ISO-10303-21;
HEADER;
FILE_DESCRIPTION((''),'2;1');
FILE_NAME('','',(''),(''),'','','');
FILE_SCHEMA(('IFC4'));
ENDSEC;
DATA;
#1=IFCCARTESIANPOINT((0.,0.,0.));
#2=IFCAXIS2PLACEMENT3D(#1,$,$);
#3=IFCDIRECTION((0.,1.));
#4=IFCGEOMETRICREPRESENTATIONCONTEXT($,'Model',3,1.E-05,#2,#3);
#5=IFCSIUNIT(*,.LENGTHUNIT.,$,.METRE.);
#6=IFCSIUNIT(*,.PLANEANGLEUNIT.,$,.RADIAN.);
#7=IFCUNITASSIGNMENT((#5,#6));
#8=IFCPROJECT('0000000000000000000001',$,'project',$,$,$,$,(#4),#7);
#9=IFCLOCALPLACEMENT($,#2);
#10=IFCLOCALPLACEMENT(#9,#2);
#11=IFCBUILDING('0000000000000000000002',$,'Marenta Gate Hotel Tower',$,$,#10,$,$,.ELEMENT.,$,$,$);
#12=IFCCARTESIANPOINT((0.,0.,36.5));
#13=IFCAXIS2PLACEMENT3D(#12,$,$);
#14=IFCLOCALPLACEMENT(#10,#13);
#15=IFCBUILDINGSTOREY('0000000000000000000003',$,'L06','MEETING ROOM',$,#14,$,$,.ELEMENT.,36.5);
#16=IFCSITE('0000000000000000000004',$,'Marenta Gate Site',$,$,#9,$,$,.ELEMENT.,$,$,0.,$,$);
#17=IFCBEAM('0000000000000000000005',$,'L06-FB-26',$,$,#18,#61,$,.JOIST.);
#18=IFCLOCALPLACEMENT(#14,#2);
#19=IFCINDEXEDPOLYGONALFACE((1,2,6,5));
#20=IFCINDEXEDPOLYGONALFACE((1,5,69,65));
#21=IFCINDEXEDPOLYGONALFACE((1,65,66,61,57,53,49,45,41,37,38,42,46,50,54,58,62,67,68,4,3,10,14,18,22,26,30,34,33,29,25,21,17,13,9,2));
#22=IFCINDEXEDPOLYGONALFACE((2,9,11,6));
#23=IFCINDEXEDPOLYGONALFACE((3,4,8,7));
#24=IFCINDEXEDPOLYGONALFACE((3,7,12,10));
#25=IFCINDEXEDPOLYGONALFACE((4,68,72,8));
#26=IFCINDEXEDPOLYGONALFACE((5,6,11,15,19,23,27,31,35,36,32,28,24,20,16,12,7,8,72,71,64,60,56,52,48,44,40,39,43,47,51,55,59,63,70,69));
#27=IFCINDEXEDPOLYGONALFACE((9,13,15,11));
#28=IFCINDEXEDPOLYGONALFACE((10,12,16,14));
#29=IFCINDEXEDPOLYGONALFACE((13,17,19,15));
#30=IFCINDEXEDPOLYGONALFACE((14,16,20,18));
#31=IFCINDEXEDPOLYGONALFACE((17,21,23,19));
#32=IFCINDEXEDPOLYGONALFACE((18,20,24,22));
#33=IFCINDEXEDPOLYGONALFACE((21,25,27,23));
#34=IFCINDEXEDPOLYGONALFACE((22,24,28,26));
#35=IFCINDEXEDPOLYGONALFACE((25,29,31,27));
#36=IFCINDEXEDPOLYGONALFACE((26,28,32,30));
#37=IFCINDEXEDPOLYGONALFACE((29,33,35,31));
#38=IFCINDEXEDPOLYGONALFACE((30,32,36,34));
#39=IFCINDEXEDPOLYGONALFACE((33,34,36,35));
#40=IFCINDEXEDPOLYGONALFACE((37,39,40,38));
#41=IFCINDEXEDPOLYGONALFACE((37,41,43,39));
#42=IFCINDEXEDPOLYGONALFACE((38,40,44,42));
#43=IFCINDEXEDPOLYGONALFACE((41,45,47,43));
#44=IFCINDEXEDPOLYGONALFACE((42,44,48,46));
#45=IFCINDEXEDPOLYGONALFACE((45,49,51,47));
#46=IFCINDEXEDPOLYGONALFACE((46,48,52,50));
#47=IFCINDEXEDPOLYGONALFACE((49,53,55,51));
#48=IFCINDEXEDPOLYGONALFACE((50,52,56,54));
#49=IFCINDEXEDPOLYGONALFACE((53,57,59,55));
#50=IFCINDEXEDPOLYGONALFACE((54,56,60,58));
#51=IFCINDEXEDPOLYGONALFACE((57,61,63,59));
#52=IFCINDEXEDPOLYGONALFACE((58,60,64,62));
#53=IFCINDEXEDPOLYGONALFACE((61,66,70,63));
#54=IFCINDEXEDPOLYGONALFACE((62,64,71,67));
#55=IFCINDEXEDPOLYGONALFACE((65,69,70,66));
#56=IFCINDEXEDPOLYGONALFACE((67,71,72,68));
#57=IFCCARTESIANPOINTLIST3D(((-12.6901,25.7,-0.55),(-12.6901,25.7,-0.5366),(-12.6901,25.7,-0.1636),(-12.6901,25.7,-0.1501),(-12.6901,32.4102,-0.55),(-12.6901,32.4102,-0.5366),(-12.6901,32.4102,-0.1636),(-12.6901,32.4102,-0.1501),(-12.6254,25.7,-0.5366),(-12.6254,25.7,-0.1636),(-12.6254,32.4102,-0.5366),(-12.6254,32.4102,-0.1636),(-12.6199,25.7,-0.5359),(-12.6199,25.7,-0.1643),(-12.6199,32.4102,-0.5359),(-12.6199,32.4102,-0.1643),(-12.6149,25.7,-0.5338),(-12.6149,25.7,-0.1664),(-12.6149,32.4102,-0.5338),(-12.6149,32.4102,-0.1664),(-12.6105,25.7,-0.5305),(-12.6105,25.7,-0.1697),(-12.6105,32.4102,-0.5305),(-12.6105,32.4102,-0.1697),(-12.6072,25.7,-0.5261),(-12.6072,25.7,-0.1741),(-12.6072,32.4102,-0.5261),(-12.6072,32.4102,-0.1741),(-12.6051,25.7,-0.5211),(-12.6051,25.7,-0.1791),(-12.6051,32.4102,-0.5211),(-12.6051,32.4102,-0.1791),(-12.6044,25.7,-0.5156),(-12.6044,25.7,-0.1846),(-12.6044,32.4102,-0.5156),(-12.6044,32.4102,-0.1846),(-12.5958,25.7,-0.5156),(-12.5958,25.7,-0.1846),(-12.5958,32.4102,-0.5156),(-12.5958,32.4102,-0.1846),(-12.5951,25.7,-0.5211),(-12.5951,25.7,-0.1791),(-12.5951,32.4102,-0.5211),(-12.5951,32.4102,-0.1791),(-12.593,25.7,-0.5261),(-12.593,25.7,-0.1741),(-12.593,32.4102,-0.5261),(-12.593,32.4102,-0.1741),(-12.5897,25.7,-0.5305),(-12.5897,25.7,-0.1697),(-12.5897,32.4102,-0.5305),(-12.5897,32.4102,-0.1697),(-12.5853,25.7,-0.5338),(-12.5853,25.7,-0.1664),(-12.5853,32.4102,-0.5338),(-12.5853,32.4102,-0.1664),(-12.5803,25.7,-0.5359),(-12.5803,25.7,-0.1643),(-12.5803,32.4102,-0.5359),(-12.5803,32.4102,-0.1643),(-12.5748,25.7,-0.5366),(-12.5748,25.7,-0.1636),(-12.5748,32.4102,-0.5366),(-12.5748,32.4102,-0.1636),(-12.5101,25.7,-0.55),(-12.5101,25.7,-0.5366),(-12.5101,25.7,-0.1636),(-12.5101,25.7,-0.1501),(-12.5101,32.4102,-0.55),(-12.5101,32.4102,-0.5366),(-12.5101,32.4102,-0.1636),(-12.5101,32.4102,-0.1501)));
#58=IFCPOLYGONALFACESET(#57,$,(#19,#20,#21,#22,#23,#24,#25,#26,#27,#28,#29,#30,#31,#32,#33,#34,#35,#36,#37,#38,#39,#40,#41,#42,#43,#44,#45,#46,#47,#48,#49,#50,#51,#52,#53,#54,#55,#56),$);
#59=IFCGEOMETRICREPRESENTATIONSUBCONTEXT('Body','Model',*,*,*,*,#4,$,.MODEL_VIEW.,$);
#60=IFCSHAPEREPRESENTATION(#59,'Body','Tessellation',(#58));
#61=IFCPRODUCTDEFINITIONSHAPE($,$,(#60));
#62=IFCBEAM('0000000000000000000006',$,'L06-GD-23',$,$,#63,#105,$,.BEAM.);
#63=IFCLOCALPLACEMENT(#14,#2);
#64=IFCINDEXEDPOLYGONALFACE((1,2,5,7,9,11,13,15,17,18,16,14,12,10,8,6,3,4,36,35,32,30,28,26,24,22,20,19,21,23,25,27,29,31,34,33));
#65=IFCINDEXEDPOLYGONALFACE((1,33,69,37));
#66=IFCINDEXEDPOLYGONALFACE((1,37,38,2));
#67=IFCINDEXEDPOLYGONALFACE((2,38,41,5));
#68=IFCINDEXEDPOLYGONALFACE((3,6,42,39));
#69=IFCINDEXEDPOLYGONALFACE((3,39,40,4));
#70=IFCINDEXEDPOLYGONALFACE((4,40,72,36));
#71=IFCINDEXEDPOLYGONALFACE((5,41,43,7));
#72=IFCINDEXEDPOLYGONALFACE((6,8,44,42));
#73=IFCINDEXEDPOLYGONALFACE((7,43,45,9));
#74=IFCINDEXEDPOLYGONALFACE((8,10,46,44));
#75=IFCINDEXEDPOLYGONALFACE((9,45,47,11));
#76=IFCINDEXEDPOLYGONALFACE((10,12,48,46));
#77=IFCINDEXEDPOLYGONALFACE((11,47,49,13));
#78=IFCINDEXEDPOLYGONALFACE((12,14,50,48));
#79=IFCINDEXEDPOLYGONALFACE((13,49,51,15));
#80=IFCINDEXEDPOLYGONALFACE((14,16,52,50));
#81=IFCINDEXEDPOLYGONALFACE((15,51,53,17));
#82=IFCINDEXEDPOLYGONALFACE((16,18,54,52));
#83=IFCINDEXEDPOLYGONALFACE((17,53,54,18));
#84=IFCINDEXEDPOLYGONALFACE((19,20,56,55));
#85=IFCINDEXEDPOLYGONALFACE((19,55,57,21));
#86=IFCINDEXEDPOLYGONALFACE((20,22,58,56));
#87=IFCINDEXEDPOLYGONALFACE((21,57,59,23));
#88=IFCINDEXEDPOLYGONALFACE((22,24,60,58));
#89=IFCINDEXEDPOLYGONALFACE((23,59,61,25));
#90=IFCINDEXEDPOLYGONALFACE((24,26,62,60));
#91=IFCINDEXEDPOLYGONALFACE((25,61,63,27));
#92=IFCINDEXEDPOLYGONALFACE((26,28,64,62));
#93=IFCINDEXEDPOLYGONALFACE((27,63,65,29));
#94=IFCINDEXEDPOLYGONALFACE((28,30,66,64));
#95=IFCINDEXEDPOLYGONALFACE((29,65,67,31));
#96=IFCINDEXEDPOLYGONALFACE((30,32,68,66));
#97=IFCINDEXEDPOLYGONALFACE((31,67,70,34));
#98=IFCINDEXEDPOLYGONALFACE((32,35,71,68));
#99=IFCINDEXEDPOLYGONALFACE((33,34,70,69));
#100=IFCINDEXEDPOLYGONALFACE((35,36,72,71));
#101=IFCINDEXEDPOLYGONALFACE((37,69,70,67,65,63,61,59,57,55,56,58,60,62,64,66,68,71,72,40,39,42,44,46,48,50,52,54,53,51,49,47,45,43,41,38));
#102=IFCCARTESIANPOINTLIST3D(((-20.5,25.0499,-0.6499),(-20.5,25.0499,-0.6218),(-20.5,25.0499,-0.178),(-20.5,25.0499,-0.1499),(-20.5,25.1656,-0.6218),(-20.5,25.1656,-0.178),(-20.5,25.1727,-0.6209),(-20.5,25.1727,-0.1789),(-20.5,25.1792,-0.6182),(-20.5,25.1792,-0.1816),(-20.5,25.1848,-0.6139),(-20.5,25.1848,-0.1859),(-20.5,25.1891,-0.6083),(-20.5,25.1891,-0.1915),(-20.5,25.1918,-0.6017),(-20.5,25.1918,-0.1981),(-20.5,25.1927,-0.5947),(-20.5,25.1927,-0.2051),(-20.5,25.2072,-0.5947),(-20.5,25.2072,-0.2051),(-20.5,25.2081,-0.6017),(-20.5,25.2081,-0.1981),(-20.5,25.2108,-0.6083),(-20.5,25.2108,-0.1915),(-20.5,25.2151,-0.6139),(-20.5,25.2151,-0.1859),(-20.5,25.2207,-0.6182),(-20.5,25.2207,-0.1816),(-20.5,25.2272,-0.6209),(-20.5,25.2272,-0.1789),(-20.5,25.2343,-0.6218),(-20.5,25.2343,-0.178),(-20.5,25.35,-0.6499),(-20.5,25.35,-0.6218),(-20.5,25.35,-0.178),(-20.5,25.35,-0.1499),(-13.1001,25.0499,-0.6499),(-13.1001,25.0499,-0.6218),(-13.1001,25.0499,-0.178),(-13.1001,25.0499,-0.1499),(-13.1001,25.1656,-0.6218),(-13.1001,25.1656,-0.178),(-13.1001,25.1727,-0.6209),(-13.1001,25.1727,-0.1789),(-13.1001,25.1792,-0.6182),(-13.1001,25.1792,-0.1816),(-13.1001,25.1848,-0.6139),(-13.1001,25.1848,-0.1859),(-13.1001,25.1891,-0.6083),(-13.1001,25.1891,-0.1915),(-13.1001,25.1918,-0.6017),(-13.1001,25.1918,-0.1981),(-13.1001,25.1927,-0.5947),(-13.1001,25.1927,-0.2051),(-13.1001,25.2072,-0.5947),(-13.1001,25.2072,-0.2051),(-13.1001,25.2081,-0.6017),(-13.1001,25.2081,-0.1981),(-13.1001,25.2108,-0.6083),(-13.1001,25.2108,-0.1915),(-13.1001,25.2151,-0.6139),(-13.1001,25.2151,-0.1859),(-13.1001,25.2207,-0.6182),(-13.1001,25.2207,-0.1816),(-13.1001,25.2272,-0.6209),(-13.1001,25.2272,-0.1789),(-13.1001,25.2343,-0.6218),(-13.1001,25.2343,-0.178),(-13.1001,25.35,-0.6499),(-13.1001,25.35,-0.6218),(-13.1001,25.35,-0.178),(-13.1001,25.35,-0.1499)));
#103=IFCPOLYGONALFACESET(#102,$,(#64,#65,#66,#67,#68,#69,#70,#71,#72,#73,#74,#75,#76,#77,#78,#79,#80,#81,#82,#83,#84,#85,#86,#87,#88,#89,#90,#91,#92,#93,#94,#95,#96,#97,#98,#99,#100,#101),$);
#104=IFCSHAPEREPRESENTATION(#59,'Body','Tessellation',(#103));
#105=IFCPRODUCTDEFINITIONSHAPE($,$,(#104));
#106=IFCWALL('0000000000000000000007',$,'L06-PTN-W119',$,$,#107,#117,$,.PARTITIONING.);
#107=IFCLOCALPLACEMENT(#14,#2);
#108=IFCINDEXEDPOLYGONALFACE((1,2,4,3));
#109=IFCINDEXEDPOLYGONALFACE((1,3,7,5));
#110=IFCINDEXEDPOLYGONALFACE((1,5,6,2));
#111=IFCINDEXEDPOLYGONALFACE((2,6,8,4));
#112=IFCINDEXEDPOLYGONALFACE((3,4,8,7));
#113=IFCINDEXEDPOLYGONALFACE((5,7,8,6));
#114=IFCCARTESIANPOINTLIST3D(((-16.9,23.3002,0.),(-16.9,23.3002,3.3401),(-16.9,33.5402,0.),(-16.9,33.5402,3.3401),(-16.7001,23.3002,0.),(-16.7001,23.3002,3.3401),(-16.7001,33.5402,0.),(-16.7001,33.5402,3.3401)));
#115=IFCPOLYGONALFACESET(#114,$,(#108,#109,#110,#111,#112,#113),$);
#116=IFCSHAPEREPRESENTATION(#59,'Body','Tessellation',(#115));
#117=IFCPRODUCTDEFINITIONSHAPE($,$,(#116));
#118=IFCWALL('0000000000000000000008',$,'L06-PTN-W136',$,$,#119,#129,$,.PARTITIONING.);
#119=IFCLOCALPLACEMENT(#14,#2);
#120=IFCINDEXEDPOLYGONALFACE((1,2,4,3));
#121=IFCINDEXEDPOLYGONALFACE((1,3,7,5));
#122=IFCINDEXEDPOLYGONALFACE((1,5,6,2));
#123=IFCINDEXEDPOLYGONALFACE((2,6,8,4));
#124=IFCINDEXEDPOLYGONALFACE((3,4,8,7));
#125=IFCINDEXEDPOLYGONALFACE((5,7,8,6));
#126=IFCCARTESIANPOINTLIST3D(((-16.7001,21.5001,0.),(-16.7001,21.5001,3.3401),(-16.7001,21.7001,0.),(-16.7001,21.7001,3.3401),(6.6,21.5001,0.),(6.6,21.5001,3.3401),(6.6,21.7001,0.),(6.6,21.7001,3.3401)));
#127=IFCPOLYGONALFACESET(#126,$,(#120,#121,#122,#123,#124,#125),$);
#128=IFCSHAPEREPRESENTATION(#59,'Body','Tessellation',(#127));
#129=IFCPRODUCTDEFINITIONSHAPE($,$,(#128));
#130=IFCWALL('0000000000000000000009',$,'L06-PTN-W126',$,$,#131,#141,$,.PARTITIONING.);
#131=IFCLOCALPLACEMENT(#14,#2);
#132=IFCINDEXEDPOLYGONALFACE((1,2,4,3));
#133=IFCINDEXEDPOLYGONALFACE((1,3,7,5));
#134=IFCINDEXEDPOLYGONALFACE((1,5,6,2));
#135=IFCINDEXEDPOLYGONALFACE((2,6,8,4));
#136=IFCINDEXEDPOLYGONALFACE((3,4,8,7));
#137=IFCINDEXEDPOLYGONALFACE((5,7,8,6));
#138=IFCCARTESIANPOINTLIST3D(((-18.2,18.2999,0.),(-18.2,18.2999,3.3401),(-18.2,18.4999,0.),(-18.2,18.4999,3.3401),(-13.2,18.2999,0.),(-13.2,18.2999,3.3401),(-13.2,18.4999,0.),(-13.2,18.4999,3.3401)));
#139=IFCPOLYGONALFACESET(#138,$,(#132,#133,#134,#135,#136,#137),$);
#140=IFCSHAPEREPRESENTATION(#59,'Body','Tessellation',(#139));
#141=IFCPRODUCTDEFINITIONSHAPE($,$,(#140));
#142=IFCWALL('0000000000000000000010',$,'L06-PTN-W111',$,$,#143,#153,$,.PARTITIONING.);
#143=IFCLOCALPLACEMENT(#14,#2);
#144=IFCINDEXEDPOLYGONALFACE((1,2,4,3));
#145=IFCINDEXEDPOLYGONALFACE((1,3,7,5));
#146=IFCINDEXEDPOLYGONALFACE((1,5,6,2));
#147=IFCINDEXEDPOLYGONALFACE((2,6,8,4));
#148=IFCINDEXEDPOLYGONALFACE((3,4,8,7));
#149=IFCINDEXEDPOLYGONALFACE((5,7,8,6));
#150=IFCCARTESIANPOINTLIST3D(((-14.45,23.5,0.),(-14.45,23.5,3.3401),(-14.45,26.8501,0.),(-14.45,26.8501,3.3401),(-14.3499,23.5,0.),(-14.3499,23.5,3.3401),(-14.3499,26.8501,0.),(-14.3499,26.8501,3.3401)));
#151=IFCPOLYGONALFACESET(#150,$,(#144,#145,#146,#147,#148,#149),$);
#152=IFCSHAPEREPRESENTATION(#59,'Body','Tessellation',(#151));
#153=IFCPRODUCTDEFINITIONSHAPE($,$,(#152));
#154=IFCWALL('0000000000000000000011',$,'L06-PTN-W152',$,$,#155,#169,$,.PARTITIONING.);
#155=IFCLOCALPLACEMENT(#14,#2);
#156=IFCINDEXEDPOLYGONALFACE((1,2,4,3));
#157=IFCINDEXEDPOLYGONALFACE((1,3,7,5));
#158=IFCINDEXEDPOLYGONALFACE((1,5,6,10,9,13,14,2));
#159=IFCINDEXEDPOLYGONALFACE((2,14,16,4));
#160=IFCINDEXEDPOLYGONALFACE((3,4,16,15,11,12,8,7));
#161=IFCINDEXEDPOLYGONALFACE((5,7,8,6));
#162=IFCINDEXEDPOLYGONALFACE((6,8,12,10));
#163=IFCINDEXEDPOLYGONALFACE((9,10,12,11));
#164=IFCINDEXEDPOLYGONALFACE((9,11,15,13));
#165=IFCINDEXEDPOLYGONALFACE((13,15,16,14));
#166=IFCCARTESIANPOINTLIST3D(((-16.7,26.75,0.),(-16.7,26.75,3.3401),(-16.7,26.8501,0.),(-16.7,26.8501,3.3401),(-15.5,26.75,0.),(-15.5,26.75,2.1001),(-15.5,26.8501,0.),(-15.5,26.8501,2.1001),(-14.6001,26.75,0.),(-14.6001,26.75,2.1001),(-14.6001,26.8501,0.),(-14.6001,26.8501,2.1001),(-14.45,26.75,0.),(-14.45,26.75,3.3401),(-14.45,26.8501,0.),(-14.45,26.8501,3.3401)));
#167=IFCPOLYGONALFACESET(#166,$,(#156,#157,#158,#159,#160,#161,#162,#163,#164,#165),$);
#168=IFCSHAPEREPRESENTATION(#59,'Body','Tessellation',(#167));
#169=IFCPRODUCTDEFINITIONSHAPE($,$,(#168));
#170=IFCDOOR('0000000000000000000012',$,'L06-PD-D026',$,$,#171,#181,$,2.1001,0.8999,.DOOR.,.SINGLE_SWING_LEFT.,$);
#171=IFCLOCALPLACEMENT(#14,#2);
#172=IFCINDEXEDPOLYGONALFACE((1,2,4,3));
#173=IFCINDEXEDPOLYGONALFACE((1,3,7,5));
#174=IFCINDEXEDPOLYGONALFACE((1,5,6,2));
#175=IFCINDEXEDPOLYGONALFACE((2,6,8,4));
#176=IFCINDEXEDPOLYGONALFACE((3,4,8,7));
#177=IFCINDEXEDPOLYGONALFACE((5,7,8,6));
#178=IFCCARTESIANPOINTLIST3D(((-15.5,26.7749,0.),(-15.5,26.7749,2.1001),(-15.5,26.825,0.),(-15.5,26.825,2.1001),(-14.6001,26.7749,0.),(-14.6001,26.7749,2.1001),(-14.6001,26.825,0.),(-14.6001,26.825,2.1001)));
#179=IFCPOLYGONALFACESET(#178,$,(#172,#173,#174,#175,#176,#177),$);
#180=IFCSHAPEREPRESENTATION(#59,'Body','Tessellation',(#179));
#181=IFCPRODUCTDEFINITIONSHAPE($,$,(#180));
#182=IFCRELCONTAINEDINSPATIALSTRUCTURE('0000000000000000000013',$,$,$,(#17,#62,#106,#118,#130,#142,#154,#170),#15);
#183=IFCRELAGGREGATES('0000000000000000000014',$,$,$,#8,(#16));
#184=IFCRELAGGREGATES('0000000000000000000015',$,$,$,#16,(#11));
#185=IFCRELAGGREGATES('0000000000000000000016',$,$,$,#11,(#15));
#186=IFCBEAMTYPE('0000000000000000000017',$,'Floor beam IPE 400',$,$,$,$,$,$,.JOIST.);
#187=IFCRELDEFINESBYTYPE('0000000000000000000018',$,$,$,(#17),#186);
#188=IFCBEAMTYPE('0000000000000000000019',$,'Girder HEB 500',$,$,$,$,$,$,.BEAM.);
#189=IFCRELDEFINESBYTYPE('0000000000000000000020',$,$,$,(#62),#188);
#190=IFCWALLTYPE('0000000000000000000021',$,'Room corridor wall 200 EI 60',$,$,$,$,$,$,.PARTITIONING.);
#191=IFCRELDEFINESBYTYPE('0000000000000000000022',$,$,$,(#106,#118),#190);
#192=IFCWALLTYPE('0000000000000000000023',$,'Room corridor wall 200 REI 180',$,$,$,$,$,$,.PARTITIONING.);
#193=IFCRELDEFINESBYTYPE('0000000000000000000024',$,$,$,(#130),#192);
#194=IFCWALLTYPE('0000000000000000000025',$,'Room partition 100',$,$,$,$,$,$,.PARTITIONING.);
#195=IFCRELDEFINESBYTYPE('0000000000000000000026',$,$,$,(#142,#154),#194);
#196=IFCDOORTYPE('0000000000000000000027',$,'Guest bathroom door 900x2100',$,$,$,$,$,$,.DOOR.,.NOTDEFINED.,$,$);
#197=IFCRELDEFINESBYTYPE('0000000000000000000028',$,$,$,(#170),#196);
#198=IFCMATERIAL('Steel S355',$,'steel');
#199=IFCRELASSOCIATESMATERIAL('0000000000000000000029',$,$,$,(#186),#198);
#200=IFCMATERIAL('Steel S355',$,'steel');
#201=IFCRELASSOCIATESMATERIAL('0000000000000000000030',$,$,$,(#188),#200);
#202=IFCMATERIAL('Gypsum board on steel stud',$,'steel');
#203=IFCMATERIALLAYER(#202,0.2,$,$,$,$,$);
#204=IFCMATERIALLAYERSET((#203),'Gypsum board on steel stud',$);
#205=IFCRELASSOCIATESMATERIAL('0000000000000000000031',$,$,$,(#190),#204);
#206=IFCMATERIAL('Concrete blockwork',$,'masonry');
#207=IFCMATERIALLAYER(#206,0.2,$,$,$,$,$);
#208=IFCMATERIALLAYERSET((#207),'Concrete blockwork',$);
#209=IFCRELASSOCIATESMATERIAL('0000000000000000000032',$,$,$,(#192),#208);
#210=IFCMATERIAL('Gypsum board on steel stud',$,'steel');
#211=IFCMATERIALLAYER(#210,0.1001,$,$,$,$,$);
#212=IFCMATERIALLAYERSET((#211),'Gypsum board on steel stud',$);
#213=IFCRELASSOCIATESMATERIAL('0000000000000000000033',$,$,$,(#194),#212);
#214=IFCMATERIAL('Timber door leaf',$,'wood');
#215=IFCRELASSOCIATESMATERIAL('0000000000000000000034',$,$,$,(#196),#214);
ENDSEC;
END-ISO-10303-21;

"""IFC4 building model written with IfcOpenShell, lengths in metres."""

from ifc_helpers import new_model, si_unit, direction, frame, frame_2d, origin, origin_2d, place, context, subcontext, project, spatial, rectangle, i_section, extrude, material, layer, layer_set, material_profile, profile_set, type_object, element, fill, save


model = new_model("IFC4")

# Units and contexts
model_context = context("Model", 3, precision=1e-05, world=origin(), true_north=direction((0.0, 1.0)))
body_context = subcontext(model_context, "Body", "Model", "MODEL_VIEW")
ifc_project = project(units=[si_unit("LENGTHUNIT", "METRE"), si_unit("PLANEANGLEUNIT", "RADIAN")], contexts=[model_context])

# Site, building, storey
site_placement = place(None, origin())
site = spatial("IfcSite", under=ifc_project, at=site_placement, Name="Marenta Gate Site", CompositionType="ELEMENT", RefElevation=0.0)
building_placement = place(site_placement, origin())
building = spatial("IfcBuilding", under=site, at=building_placement, Name="Marenta Gate Hotel Tower", CompositionType="ELEMENT")
storey_placement = place(building_placement, frame((0.0, 0.0, 36.5)))
storey = spatial("IfcBuildingStorey", under=building, at=storey_placement, Name="L06", Description="MEETING ROOM", CompositionType="ELEMENT", Elevation=36.5)

# Beams
ifc_material_1 = material(Name="Steel S355", Category="steel")
ifc_material_profile_1 = material_profile(ifc_material_1, i_section(OverallWidth=0.1799, OverallDepth=0.3999, WebThickness=0.0085, FlangeThickness=0.0134, FilletRadius=0.021, at=origin_2d()), Name="IPE 400")
ifc_profile_set_1 = profile_set([ifc_material_profile_1], Name="Steel S355")
beam_type_1 = type_object("IfcBeamType", Name="Floor beam IPE 400", PredefinedType="JOIST", material=ifc_profile_set_1)
beam_1_placement = place(storey_placement, frame((-12.6001, 25.7, -0.3501), z_axis=(0.0, 1.0, 0.0), x_axis=(-1.0, 0.0, 0.0)))
element("IfcBeam", 1, at=beam_1_placement, inside=storey, type_object=beam_type_1, Name="L06-FB-26", PredefinedType="JOIST", context=body_context, shape_type="SweptSolid", body=[
    extrude(i_section(OverallWidth=0.1799, OverallDepth=0.3999, WebThickness=0.0085, FlangeThickness=0.0134, FilletRadius=0.021, at=origin_2d()), origin(), (0.0, 0.0, 1.0), 6.7102),
])
ifc_material_2 = material(Name="Steel S355", Category="steel")
ifc_material_profile_2 = material_profile(ifc_material_2, i_section(OverallWidth=0.3, OverallDepth=0.5, WebThickness=0.0144, FlangeThickness=0.0281, FilletRadius=0.0271, at=origin_2d()), Name="HEB 500")
ifc_profile_set_2 = profile_set([ifc_material_profile_2], Name="Steel S355")
beam_type_2 = type_object("IfcBeamType", Name="Girder HEB 500", PredefinedType="BEAM", material=ifc_profile_set_2)
beam_2_placement = place(storey_placement, frame((-20.5, 25.2, -0.3999), z_axis=(1.0, 0.0, 0.0), x_axis=(0.0, 1.0, 0.0)))
element("IfcBeam", 2, at=beam_2_placement, inside=storey, type_object=beam_type_2, Name="L06-GD-23", PredefinedType="BEAM", context=body_context, shape_type="SweptSolid", body=[
    extrude(i_section(OverallWidth=0.3, OverallDepth=0.5, WebThickness=0.0144, FlangeThickness=0.0281, FilletRadius=0.0271, at=origin_2d()), origin(), (0.0, 0.0, 1.0), 7.3999),
])

# Shared definitions
ifc_material_3 = material(Name="Gypsum board on steel stud", Category="steel")
ifc_layer_1 = layer(ifc_material_3, 0.2)
ifc_layer_set_1 = layer_set([ifc_layer_1], Name="Gypsum board on steel stud")
wall_type_1 = type_object("IfcWallType", Name="Room corridor wall 200 EI 60", PredefinedType="PARTITIONING", material=ifc_layer_set_1)

# Wall
wall_1_placement = place(storey_placement, frame((-16.8, 23.3, 0.0), z_axis=(0.0, 0.0, 1.0), x_axis=(0.0, 1.0, 0.0)))
element("IfcWall", 3, at=wall_1_placement, inside=storey, type_object=wall_type_1, Name="L06-PTN-W119", PredefinedType="PARTITIONING", context=body_context, shape_type="SweptSolid", body=[
    extrude(rectangle(XDim=10.24, YDim=0.2, at=frame_2d((5.1201, 0.0))), origin(), (0.0, 0.0, 1.0), 3.3401),
])

# Walls
wall_2_placement = place(storey_placement, frame((-16.7, 21.6001, 0.0), z_axis=(0.0, 0.0, 1.0), x_axis=(1.0, 0.0, 0.0)))
element("IfcWall", 4, at=wall_2_placement, inside=storey, type_object=wall_type_1, Name="L06-PTN-W136", PredefinedType="PARTITIONING", context=body_context, shape_type="SweptSolid", body=[
    extrude(rectangle(XDim=23.3, YDim=0.2, at=frame_2d((11.6499, 0.0))), origin(), (0.0, 0.0, 1.0), 3.3401),
])
ifc_material_4 = material(Name="Concrete blockwork", Category="masonry")
ifc_layer_2 = layer(ifc_material_4, 0.2)
ifc_layer_set_2 = layer_set([ifc_layer_2], Name="Concrete blockwork")
wall_type_2 = type_object("IfcWallType", Name="Room corridor wall 200 REI 180", PredefinedType="PARTITIONING", material=ifc_layer_set_2)
wall_3_placement = place(storey_placement, frame((-18.2, 18.3999, 0.0), z_axis=(0.0, 0.0, 1.0), x_axis=(1.0, 0.0, 0.0)))
element("IfcWall", 5, at=wall_3_placement, inside=storey, type_object=wall_type_2, Name="L06-PTN-W126", PredefinedType="PARTITIONING", context=body_context, shape_type="SweptSolid", body=[
    extrude(rectangle(XDim=5.0, YDim=0.2, at=frame_2d((2.5, 0.0))), origin(), (0.0, 0.0, 1.0), 3.3401),
])
ifc_material_5 = material(Name="Gypsum board on steel stud", Category="steel")
ifc_layer_3 = layer(ifc_material_5, 0.1001)
ifc_layer_set_3 = layer_set([ifc_layer_3], Name="Gypsum board on steel stud")
wall_type_3 = type_object("IfcWallType", Name="Room partition 100", PredefinedType="PARTITIONING", material=ifc_layer_set_3)
wall_4_placement = place(storey_placement, frame((-14.3999, 23.5, 0.0), z_axis=(0.0, 0.0, 1.0), x_axis=(0.0, 1.0, 0.0)))
element("IfcWall", 6, at=wall_4_placement, inside=storey, type_object=wall_type_3, Name="L06-PTN-W111", PredefinedType="PARTITIONING", context=body_context, shape_type="SweptSolid", body=[
    extrude(rectangle(XDim=3.3501, YDim=0.1001, at=frame_2d((1.675, 0.0))), origin(), (0.0, 0.0, 1.0), 3.3401),
])

# Wall, opening, door
wall_5_placement = place(storey_placement, frame((-16.7, 26.8, 0.0), z_axis=(0.0, 0.0, 1.0), x_axis=(1.0, 0.0, 0.0)))
wall_5 = element("IfcWall", 7, at=wall_5_placement, inside=storey, type_object=wall_type_3, Name="L06-PTN-W152", PredefinedType="PARTITIONING", context=body_context, shape_type="SweptSolid", body=[
    extrude(rectangle(XDim=2.25, YDim=0.1001, at=frame_2d((1.125, 0.0))), origin(), (0.0, 0.0, 1.0), 3.3401),
])
opening_1_placement = place(wall_5_placement, frame((1.2, 0.0, 0.0)))
opening_1 = element("IfcOpeningElement", 8, at=opening_1_placement, cuts=wall_5, PredefinedType="OPENING", context=body_context, shape_type="SweptSolid", body=[
    extrude(rectangle(XDim=0.8999, YDim=2.1001, at=frame_2d((0.45, 1.05))), frame((0.0, 0.05, 0.0), z_axis=(0.0, -1.0, 0.0), x_axis=(1.0, 0.0, 0.0)), (0.0, 0.0, 1.0), 0.1001),
])
ifc_material_6 = material(Name="Timber door leaf", Category="wood")
door_type_1 = type_object("IfcDoorType", Name="Guest bathroom door 900x2100", OperationType="NOTDEFINED", PredefinedType="DOOR", material=ifc_material_6)
door_1_placement = place(opening_1_placement, origin())
door_1 = element("IfcDoor", 9, at=door_1_placement, inside=storey, type_object=door_type_1, Name="L06-PD-D026", OperationType="SINGLE_SWING_LEFT", OverallHeight=2.1001, OverallWidth=0.8999, PredefinedType="DOOR", context=body_context, shape_type="SweptSolid", body=[
    extrude(rectangle(XDim=0.8999, YDim=2.1001, at=frame_2d((0.45, 1.05))), frame((0.0, 0.0249, 0.0), z_axis=(0.0, -1.0, 0.0), x_axis=(1.0, 0.0, 0.0)), (0.0, 0.0, 1.0), 0.05),
])
fill(opening_1, door_1)

save(model, "model.ifc")
